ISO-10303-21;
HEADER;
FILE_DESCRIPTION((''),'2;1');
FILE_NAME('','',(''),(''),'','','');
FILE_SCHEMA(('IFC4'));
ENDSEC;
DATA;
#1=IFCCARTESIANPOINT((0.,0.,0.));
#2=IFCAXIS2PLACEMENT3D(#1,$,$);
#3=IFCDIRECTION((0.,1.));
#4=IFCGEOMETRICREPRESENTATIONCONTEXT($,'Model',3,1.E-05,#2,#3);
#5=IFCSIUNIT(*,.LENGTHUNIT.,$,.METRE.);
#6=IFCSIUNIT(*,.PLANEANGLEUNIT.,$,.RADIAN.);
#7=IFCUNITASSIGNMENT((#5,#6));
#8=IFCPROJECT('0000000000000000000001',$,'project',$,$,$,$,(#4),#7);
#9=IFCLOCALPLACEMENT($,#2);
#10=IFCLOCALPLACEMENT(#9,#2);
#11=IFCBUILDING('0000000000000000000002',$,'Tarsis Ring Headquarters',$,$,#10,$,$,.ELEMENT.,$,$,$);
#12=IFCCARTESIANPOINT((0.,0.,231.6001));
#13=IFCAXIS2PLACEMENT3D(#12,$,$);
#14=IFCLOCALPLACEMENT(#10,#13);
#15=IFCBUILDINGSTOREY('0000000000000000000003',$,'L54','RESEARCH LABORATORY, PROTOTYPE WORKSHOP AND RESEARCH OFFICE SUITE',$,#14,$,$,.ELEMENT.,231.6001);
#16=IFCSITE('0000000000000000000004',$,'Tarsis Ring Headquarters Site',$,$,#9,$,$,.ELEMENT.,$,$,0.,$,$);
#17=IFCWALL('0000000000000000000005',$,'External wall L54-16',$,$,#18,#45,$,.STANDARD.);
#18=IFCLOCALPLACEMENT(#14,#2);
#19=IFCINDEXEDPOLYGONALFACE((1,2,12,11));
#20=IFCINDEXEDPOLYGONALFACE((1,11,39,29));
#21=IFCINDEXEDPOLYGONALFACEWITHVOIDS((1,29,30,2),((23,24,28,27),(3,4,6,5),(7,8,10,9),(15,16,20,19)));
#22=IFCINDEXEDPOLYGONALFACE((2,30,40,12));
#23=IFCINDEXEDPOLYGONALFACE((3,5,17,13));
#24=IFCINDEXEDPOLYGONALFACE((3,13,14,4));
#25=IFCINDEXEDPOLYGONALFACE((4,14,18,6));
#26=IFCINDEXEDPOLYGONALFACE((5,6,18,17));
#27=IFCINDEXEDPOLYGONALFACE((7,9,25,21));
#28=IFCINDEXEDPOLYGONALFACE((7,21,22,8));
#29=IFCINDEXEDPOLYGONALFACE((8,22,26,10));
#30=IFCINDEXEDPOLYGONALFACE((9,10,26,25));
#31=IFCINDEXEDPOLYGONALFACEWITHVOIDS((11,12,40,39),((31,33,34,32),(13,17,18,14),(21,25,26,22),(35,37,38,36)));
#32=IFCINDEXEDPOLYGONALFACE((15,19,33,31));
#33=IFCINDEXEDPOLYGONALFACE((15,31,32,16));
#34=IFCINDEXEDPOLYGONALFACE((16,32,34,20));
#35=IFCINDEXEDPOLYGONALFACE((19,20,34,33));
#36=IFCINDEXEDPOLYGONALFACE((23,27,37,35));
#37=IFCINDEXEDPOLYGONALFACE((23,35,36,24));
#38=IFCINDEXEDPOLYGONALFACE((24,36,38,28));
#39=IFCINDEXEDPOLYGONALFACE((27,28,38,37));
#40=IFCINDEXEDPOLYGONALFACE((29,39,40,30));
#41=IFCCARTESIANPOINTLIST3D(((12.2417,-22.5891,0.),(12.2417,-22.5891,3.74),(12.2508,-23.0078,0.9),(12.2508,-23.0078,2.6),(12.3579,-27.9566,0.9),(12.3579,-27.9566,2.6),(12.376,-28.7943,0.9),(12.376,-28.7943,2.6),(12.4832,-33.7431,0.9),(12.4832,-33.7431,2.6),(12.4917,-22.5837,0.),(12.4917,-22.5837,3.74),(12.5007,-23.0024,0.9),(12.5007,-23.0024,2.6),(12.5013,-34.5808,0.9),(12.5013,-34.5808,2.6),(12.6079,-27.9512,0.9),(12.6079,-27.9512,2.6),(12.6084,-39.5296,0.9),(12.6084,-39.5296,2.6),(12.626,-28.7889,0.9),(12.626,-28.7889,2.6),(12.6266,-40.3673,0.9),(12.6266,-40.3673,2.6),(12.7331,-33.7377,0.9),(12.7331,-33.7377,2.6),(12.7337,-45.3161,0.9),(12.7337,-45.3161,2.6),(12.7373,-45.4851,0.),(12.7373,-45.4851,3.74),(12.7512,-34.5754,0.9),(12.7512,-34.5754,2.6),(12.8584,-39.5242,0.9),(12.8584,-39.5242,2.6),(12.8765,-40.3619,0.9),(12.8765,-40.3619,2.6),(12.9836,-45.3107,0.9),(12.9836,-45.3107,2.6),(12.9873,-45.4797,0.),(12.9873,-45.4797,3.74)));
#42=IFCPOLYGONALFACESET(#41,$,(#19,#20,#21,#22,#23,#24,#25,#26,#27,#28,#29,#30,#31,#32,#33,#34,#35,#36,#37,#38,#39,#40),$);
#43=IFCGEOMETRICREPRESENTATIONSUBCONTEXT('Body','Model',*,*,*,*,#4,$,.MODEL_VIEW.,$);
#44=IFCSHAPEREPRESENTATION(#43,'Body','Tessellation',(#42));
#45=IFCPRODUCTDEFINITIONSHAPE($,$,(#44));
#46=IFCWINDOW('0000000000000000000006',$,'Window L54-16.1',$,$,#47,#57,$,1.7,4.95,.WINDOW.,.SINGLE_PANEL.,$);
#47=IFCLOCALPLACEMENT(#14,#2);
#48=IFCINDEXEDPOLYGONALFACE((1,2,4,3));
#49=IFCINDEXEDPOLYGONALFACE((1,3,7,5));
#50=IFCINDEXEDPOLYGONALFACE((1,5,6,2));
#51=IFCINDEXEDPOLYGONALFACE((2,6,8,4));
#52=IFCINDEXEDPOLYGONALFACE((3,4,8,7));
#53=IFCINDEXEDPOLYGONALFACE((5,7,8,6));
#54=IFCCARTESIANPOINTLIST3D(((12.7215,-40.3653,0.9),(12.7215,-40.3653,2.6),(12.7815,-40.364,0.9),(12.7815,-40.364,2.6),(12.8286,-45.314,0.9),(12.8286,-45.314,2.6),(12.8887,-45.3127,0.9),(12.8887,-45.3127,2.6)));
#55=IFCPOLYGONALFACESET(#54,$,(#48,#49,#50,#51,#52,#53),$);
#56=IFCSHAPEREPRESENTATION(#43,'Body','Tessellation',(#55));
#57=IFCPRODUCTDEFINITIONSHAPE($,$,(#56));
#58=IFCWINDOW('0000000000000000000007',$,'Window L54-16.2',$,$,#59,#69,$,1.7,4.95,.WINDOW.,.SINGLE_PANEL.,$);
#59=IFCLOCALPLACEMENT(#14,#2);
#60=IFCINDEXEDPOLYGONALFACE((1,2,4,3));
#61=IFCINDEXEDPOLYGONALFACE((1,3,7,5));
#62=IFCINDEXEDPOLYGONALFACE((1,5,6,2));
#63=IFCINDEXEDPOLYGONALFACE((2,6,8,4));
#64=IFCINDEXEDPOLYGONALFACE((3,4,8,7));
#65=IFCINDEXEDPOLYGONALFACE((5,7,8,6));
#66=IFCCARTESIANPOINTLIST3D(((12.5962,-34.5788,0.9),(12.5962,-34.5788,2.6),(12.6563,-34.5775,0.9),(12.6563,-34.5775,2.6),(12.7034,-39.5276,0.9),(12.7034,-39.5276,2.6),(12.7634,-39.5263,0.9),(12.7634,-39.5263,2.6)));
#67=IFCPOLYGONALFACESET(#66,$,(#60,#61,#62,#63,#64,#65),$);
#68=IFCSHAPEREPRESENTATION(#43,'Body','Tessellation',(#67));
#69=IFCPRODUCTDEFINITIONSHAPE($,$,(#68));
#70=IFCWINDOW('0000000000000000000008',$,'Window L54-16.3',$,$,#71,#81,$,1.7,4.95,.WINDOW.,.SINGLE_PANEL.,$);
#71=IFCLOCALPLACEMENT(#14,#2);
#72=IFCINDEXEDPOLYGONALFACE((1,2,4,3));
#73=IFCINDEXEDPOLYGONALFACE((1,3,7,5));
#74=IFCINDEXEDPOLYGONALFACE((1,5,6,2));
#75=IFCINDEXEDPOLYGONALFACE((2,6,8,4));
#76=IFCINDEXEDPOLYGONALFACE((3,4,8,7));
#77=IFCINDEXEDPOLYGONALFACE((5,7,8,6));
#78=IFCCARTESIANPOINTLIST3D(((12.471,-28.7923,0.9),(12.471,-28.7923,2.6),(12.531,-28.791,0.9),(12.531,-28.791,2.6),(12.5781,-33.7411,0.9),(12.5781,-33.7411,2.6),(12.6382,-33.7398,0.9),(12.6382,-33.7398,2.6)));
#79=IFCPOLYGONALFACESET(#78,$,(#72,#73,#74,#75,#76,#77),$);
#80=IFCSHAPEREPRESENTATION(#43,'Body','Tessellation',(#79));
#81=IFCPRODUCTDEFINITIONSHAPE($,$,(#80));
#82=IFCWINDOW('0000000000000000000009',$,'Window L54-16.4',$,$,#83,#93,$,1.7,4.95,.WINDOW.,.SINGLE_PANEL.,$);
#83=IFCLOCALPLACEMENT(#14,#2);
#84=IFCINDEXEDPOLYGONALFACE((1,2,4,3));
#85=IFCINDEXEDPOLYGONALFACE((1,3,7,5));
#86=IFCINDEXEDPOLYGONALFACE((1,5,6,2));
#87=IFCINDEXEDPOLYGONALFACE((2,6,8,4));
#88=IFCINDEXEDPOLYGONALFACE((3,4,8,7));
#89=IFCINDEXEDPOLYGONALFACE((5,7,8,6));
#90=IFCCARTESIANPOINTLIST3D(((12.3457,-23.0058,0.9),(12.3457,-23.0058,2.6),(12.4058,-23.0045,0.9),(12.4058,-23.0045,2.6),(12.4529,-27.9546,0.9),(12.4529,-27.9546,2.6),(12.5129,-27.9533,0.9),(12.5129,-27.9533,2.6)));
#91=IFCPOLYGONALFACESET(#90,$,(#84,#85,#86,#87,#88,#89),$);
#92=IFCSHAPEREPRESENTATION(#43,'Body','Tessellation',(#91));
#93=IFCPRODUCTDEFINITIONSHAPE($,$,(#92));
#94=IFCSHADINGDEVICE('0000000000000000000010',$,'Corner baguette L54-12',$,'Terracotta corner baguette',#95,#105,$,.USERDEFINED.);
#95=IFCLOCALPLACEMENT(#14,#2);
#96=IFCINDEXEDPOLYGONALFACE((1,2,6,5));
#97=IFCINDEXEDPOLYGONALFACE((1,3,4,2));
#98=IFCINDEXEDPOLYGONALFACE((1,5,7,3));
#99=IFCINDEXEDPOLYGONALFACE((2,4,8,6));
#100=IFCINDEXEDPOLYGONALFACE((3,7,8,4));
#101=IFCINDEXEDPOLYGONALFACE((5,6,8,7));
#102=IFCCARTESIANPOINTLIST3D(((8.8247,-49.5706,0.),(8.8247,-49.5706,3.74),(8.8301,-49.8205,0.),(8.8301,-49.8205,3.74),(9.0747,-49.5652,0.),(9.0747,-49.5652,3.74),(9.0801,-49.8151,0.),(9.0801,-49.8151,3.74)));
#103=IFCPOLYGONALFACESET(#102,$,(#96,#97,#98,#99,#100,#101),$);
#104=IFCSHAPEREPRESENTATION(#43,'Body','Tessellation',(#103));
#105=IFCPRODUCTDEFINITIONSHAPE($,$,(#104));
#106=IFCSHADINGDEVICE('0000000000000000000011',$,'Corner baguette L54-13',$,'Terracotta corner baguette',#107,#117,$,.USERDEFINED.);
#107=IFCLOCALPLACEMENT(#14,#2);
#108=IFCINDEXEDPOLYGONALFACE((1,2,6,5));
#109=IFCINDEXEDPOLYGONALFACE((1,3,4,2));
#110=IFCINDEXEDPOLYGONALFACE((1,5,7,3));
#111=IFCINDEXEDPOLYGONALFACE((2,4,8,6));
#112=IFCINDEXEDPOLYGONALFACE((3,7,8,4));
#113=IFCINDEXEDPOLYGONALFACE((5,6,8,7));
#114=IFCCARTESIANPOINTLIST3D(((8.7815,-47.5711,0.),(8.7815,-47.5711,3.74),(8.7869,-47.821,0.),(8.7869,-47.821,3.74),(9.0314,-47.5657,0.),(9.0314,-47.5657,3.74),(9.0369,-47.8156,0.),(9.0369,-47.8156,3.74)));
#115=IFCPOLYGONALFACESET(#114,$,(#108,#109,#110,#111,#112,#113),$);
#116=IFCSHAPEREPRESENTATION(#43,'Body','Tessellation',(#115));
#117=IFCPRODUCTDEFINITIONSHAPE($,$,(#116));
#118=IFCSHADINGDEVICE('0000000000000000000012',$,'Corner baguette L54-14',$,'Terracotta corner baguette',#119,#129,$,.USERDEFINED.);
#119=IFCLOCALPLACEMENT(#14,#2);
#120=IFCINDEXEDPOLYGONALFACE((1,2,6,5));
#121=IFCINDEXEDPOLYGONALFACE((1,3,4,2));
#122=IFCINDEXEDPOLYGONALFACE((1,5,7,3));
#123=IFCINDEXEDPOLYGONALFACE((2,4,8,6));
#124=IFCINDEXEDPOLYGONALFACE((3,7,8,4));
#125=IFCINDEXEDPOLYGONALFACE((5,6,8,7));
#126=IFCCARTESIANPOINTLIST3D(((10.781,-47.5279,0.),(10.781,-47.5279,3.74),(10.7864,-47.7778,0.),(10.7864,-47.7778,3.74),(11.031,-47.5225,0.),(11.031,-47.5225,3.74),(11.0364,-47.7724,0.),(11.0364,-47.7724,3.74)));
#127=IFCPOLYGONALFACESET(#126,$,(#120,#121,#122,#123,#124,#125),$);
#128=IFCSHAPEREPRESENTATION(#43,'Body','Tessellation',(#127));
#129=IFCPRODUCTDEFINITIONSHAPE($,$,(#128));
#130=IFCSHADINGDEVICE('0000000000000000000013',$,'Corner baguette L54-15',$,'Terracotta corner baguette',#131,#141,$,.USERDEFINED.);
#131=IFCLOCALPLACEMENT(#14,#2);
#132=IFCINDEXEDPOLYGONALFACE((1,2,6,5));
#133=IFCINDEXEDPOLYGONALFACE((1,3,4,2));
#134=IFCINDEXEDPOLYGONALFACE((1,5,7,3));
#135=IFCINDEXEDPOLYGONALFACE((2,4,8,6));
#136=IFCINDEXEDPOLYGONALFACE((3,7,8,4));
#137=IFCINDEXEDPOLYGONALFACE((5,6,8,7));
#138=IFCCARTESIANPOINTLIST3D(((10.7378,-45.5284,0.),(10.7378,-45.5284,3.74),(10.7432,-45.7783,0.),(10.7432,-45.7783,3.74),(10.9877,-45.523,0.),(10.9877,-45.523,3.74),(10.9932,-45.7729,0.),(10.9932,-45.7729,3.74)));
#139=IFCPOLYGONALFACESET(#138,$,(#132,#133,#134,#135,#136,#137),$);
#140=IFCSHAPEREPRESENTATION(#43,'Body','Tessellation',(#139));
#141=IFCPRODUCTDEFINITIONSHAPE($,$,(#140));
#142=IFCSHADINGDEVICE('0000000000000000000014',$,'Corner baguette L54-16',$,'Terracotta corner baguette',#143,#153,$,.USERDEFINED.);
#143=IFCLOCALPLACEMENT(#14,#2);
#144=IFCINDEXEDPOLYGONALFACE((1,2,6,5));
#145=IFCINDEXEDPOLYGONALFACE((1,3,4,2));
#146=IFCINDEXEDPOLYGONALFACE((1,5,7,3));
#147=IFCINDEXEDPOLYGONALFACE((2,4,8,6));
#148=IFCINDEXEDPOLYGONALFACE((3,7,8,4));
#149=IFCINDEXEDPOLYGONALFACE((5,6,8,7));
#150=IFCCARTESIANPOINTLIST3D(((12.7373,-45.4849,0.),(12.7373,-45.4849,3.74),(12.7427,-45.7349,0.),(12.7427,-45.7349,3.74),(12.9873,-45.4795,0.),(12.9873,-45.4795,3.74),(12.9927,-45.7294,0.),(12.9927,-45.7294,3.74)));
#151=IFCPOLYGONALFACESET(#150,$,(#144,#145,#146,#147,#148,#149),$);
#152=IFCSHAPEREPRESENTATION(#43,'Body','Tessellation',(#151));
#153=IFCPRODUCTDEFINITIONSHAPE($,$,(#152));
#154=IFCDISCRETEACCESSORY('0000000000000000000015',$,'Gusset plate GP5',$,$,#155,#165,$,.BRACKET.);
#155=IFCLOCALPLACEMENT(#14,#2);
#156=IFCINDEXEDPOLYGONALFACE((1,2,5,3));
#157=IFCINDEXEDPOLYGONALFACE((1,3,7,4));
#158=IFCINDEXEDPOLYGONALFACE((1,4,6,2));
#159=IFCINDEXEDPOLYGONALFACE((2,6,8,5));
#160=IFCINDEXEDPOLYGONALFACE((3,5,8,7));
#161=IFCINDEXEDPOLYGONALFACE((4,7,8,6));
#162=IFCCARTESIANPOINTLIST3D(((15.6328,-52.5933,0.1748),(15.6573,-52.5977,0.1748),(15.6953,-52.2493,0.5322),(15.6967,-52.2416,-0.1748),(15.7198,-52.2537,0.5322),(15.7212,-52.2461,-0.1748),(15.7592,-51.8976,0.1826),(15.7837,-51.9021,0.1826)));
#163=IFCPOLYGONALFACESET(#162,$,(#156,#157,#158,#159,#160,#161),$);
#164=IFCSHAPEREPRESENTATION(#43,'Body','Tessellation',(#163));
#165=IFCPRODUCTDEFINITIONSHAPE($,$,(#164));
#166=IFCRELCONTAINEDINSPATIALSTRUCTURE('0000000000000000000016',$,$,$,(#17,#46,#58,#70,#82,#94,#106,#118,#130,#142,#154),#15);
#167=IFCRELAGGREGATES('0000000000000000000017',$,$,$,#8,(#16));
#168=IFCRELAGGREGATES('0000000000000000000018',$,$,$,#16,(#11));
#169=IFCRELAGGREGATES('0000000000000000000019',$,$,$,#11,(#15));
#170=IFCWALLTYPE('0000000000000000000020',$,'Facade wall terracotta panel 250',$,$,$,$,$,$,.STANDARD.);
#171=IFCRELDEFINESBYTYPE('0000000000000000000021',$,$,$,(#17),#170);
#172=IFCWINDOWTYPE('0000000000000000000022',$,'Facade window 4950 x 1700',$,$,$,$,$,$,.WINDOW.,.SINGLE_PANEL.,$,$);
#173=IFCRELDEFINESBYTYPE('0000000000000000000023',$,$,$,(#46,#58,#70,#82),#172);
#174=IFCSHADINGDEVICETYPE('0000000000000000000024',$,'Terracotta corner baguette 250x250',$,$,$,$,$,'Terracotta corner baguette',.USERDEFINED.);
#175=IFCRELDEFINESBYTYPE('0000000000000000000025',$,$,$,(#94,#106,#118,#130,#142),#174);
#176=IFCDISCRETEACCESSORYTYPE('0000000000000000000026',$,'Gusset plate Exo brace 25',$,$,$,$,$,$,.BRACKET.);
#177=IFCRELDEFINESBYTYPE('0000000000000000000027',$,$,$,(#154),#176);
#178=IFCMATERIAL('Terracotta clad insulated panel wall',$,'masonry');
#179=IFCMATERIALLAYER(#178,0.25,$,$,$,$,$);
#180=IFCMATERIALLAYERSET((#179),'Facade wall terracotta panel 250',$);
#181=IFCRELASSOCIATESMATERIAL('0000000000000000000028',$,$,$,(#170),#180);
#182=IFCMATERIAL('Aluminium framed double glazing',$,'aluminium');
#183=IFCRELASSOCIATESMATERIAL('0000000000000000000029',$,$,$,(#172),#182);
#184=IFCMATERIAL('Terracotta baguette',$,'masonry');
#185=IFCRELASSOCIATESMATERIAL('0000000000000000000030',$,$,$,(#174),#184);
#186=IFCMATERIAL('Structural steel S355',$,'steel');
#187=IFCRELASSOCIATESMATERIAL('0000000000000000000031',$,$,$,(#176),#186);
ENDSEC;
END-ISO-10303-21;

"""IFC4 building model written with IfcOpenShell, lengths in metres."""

from ifc_helpers import new_model, si_unit, direction, frame, frame_2d, origin, origin_2d, place, context, subcontext, project, spatial, rectangle, extrude, material, layer, layer_set, material_profile, profile_set, type_object, element, fill, save


model = new_model("IFC4")

# Units and contexts
model_context = context("Model", 3, precision=1e-05, world=origin(), true_north=direction((0.0, 1.0)))
body_context = subcontext(model_context, "Body", "Model", "MODEL_VIEW")
ifc_project = project(units=[si_unit("LENGTHUNIT", "METRE"), si_unit("PLANEANGLEUNIT", "RADIAN")], contexts=[model_context])

# Site, building, storey
site_placement = place(None, origin())
site = spatial("IfcSite", under=ifc_project, at=site_placement, Name="Tarsis Ring Headquarters Site", CompositionType="ELEMENT", RefElevation=0.0)
building_placement = place(site_placement, origin())
building = spatial("IfcBuilding", under=site, at=building_placement, Name="Tarsis Ring Headquarters", CompositionType="ELEMENT")
storey_placement = place(building_placement, frame((0.0, 0.0, 231.6001)))
storey = spatial("IfcBuildingStorey", under=building, at=storey_placement, Name="L54", Description="RESEARCH LABORATORY, PROTOTYPE WORKSHOP AND RESEARCH OFFICE SUITE", CompositionType="ELEMENT", Elevation=231.6001)

# Shared definitions
ifc_material_1 = material(Name="Structural steel S355", Category="steel")

# Shared definitions
ifc_material_2 = material(Name="Terracotta clad insulated panel wall", Category="masonry")
ifc_layer = layer(ifc_material_2, 0.25)
ifc_layer_set = layer_set([ifc_layer], Name="Facade wall terracotta panel 250")
wall_type = type_object("IfcWallType", Name="Facade wall terracotta panel 250", PredefinedType="STANDARD", material=ifc_layer_set)

# Wall, openings, windows
wall_placement = place(storey_placement, frame((12.8623, -45.4824, 0.0), z_axis=(0.0, 0.0, 1.0), x_axis=(-0.021641, 0.999766, 0.0)))
wall = element("IfcWall", 1, at=wall_placement, inside=storey, type_object=wall_type, Name="External wall L54-16", PredefinedType="STANDARD", context=body_context, shape_type="SweptSolid", body=[
    extrude(rectangle(XDim=22.9014, YDim=0.25, at=frame_2d((11.4507, 0.0))), origin(), (0.0, 0.0, 1.0), 3.74),
])
opening_1_placement = place(wall_placement, frame((0.1689, 0.0, 0.8999)))
opening_1 = element("IfcOpeningElement", 2, at=opening_1_placement, cuts=wall, PredefinedType="OPENING", context=body_context, shape_type="SweptSolid", body=[
    extrude(rectangle(XDim=4.95, YDim=1.7, at=frame_2d((2.4751, 0.8501))), frame((0.0, 0.135, 0.0), z_axis=(0.0, -1.0, 0.0), x_axis=(1.0, 0.0, 0.0)), (0.0, 0.0, 1.0), 0.27),
])
opening_2_placement = place(wall_placement, frame((5.9568, 0.0, 0.8999)))
opening_2 = element("IfcOpeningElement", 3, at=opening_2_placement, cuts=wall, PredefinedType="OPENING", context=body_context, shape_type="SweptSolid", body=[
    extrude(rectangle(XDim=4.95, YDim=1.7, at=frame_2d((2.4751, 0.8501))), frame((0.0, 0.135, 0.0), z_axis=(0.0, -1.0, 0.0), x_axis=(1.0, 0.0, 0.0)), (0.0, 0.0, 1.0), 0.27),
])
opening_3_placement = place(wall_placement, frame((11.7446, 0.0, 0.8999)))
opening_3 = element("IfcOpeningElement", 4, at=opening_3_placement, cuts=wall, PredefinedType="OPENING", context=body_context, shape_type="SweptSolid", body=[
    extrude(rectangle(XDim=4.95, YDim=1.7, at=frame_2d((2.4751, 0.8501))), frame((0.0, 0.135, 0.0), z_axis=(0.0, -1.0, 0.0), x_axis=(1.0, 0.0, 0.0)), (0.0, 0.0, 1.0), 0.27),
])
opening_4_placement = place(wall_placement, frame((17.5325, 0.0, 0.8999)))
opening_4 = element("IfcOpeningElement", 5, at=opening_4_placement, cuts=wall, PredefinedType="OPENING", context=body_context, shape_type="SweptSolid", body=[
    extrude(rectangle(XDim=4.95, YDim=1.7, at=frame_2d((2.4751, 0.8501))), frame((0.0, 0.135, 0.0), z_axis=(0.0, -1.0, 0.0), x_axis=(1.0, 0.0, 0.0)), (0.0, 0.0, 1.0), 0.27),
])
ifc_material_3 = material(Name="Aluminium framed double glazing", Category="aluminium")
window_type = type_object("IfcWindowType", Name="Facade window 4950 x 1700", PartitioningType="SINGLE_PANEL", PredefinedType="WINDOW", material=ifc_material_3)
window_1_placement = place(opening_1_placement, origin())
window_1 = element("IfcWindow", 6, at=window_1_placement, inside=storey, type_object=window_type, Name="Window L54-16.1", OverallHeight=1.7, OverallWidth=4.95, PartitioningType="SINGLE_PANEL", PredefinedType="WINDOW", context=body_context, shape_type="SweptSolid", body=[
    extrude(rectangle(XDim=4.95, YDim=1.7, at=frame_2d((2.4751, 0.8501))), frame((0.0, 0.03, 0.0), z_axis=(0.0, -1.0, 0.0), x_axis=(1.0, 0.0, 0.0)), (0.0, 0.0, 1.0), 0.0601),
])
fill(opening_1, window_1)
window_2_placement = place(opening_2_placement, origin())
window_2 = element("IfcWindow", 7, at=window_2_placement, inside=storey, type_object=window_type, Name="Window L54-16.2", OverallHeight=1.7, OverallWidth=4.95, PartitioningType="SINGLE_PANEL", PredefinedType="WINDOW", context=body_context, shape_type="SweptSolid", body=[
    extrude(rectangle(XDim=4.95, YDim=1.7, at=frame_2d((2.4751, 0.8501))), frame((0.0, 0.03, 0.0), z_axis=(0.0, -1.0, 0.0), x_axis=(1.0, 0.0, 0.0)), (0.0, 0.0, 1.0), 0.0601),
])
fill(opening_2, window_2)
window_3_placement = place(opening_3_placement, origin())
window_3 = element("IfcWindow", 8, at=window_3_placement, inside=storey, type_object=window_type, Name="Window L54-16.3", OverallHeight=1.7, OverallWidth=4.95, PartitioningType="SINGLE_PANEL", PredefinedType="WINDOW", context=body_context, shape_type="SweptSolid", body=[
    extrude(rectangle(XDim=4.95, YDim=1.7, at=frame_2d((2.4751, 0.8501))), frame((0.0, 0.03, 0.0), z_axis=(0.0, -1.0, 0.0), x_axis=(1.0, 0.0, 0.0)), (0.0, 0.0, 1.0), 0.0601),
])
fill(opening_3, window_3)
window_4_placement = place(opening_4_placement, origin())
window_4 = element("IfcWindow", 9, at=window_4_placement, inside=storey, type_object=window_type, Name="Window L54-16.4", OverallHeight=1.7, OverallWidth=4.95, PartitioningType="SINGLE_PANEL", PredefinedType="WINDOW", context=body_context, shape_type="SweptSolid", body=[
    extrude(rectangle(XDim=4.95, YDim=1.7, at=frame_2d((2.4751, 0.8501))), frame((0.0, 0.03, 0.0), z_axis=(0.0, -1.0, 0.0), x_axis=(1.0, 0.0, 0.0)), (0.0, 0.0, 1.0), 0.0601),
])
fill(opening_4, window_4)

# Shading devices
ifc_material_4 = material(Name="Terracotta baguette", Category="masonry")
shading_device_type_1 = type_object("IfcShadingDeviceType", Name="Terracotta corner baguette 250x250", ElementType="Terracotta corner baguette", PredefinedType="USERDEFINED", material=ifc_material_4)
for number, where, z_axis, x_axis, name in (
    (10, (8.9524, -49.6929, 0.0), (0.0, 0.0, 1.0), (0.999766, 0.02164, 0.0), "Corner baguette L54-12"),
    (11, (8.9092, -47.6934, 0.0), (0.0, 0.0, 1.0), (-0.02164, 0.999766, 0.0), "Corner baguette L54-13"),
    (12, (10.9087, -47.6501, 0.0), (0.0, 0.0, 1.0), (0.999766, 0.02164, 0.0), "Corner baguette L54-14"),
    (13, (10.8655, -45.6506, 0.0), (0.0, 0.0, 1.0), (-0.02164, 0.999766, 0.0), "Corner baguette L54-15"),
    (14, (12.865, -45.6072, 0.0), (0.0, 0.0, 1.0), (0.999766, 0.02164, 0.0), "Corner baguette L54-16"),
):
    element("IfcShadingDevice", number, at=place(storey_placement, frame(where, z_axis=z_axis, x_axis=x_axis)), inside=storey, type_object=shading_device_type_1, Name=name, ObjectType="Terracotta corner baguette", PredefinedType="USERDEFINED", context=body_context, shape_type="SweptSolid", body=[
        extrude(rectangle(XDim=0.25, YDim=0.25, at=origin_2d()), origin(), (0.0, 0.0, 1.0), 3.74),
    ])

# Discrete accessory
ifc_material_profile_1 = material_profile(ifc_material_1, rectangle(XDim=0.0249, YDim=0.5, at=origin_2d()), Name="PL 25x500")
ifc_profile_set_1 = profile_set([ifc_material_profile_1], Name="Structural steel S355")
discrete_accessory_type = type_object("IfcDiscreteAccessoryType", Name="Gusset plate Exo brace 25", PredefinedType="BRACKET", material=ifc_profile_set_1)
discrete_accessory_placement = place(storey_placement, frame((15.677, -52.4197, 0.0), z_axis=(0.125003, 0.688004, 0.71486), x_axis=(-0.983892, 0.178763, 0.0)))
element("IfcDiscreteAccessory", 15, at=discrete_accessory_placement, inside=storey, type_object=discrete_accessory_type, Name="Gusset plate GP5", PredefinedType="BRACKET", context=body_context, shape_type="SweptSolid", body=[
    extrude(rectangle(XDim=0.0249, YDim=0.5, at=origin_2d()), origin(), (0.0, 0.0, 1.0), 0.5),
])

save(model, "model.ifc")
